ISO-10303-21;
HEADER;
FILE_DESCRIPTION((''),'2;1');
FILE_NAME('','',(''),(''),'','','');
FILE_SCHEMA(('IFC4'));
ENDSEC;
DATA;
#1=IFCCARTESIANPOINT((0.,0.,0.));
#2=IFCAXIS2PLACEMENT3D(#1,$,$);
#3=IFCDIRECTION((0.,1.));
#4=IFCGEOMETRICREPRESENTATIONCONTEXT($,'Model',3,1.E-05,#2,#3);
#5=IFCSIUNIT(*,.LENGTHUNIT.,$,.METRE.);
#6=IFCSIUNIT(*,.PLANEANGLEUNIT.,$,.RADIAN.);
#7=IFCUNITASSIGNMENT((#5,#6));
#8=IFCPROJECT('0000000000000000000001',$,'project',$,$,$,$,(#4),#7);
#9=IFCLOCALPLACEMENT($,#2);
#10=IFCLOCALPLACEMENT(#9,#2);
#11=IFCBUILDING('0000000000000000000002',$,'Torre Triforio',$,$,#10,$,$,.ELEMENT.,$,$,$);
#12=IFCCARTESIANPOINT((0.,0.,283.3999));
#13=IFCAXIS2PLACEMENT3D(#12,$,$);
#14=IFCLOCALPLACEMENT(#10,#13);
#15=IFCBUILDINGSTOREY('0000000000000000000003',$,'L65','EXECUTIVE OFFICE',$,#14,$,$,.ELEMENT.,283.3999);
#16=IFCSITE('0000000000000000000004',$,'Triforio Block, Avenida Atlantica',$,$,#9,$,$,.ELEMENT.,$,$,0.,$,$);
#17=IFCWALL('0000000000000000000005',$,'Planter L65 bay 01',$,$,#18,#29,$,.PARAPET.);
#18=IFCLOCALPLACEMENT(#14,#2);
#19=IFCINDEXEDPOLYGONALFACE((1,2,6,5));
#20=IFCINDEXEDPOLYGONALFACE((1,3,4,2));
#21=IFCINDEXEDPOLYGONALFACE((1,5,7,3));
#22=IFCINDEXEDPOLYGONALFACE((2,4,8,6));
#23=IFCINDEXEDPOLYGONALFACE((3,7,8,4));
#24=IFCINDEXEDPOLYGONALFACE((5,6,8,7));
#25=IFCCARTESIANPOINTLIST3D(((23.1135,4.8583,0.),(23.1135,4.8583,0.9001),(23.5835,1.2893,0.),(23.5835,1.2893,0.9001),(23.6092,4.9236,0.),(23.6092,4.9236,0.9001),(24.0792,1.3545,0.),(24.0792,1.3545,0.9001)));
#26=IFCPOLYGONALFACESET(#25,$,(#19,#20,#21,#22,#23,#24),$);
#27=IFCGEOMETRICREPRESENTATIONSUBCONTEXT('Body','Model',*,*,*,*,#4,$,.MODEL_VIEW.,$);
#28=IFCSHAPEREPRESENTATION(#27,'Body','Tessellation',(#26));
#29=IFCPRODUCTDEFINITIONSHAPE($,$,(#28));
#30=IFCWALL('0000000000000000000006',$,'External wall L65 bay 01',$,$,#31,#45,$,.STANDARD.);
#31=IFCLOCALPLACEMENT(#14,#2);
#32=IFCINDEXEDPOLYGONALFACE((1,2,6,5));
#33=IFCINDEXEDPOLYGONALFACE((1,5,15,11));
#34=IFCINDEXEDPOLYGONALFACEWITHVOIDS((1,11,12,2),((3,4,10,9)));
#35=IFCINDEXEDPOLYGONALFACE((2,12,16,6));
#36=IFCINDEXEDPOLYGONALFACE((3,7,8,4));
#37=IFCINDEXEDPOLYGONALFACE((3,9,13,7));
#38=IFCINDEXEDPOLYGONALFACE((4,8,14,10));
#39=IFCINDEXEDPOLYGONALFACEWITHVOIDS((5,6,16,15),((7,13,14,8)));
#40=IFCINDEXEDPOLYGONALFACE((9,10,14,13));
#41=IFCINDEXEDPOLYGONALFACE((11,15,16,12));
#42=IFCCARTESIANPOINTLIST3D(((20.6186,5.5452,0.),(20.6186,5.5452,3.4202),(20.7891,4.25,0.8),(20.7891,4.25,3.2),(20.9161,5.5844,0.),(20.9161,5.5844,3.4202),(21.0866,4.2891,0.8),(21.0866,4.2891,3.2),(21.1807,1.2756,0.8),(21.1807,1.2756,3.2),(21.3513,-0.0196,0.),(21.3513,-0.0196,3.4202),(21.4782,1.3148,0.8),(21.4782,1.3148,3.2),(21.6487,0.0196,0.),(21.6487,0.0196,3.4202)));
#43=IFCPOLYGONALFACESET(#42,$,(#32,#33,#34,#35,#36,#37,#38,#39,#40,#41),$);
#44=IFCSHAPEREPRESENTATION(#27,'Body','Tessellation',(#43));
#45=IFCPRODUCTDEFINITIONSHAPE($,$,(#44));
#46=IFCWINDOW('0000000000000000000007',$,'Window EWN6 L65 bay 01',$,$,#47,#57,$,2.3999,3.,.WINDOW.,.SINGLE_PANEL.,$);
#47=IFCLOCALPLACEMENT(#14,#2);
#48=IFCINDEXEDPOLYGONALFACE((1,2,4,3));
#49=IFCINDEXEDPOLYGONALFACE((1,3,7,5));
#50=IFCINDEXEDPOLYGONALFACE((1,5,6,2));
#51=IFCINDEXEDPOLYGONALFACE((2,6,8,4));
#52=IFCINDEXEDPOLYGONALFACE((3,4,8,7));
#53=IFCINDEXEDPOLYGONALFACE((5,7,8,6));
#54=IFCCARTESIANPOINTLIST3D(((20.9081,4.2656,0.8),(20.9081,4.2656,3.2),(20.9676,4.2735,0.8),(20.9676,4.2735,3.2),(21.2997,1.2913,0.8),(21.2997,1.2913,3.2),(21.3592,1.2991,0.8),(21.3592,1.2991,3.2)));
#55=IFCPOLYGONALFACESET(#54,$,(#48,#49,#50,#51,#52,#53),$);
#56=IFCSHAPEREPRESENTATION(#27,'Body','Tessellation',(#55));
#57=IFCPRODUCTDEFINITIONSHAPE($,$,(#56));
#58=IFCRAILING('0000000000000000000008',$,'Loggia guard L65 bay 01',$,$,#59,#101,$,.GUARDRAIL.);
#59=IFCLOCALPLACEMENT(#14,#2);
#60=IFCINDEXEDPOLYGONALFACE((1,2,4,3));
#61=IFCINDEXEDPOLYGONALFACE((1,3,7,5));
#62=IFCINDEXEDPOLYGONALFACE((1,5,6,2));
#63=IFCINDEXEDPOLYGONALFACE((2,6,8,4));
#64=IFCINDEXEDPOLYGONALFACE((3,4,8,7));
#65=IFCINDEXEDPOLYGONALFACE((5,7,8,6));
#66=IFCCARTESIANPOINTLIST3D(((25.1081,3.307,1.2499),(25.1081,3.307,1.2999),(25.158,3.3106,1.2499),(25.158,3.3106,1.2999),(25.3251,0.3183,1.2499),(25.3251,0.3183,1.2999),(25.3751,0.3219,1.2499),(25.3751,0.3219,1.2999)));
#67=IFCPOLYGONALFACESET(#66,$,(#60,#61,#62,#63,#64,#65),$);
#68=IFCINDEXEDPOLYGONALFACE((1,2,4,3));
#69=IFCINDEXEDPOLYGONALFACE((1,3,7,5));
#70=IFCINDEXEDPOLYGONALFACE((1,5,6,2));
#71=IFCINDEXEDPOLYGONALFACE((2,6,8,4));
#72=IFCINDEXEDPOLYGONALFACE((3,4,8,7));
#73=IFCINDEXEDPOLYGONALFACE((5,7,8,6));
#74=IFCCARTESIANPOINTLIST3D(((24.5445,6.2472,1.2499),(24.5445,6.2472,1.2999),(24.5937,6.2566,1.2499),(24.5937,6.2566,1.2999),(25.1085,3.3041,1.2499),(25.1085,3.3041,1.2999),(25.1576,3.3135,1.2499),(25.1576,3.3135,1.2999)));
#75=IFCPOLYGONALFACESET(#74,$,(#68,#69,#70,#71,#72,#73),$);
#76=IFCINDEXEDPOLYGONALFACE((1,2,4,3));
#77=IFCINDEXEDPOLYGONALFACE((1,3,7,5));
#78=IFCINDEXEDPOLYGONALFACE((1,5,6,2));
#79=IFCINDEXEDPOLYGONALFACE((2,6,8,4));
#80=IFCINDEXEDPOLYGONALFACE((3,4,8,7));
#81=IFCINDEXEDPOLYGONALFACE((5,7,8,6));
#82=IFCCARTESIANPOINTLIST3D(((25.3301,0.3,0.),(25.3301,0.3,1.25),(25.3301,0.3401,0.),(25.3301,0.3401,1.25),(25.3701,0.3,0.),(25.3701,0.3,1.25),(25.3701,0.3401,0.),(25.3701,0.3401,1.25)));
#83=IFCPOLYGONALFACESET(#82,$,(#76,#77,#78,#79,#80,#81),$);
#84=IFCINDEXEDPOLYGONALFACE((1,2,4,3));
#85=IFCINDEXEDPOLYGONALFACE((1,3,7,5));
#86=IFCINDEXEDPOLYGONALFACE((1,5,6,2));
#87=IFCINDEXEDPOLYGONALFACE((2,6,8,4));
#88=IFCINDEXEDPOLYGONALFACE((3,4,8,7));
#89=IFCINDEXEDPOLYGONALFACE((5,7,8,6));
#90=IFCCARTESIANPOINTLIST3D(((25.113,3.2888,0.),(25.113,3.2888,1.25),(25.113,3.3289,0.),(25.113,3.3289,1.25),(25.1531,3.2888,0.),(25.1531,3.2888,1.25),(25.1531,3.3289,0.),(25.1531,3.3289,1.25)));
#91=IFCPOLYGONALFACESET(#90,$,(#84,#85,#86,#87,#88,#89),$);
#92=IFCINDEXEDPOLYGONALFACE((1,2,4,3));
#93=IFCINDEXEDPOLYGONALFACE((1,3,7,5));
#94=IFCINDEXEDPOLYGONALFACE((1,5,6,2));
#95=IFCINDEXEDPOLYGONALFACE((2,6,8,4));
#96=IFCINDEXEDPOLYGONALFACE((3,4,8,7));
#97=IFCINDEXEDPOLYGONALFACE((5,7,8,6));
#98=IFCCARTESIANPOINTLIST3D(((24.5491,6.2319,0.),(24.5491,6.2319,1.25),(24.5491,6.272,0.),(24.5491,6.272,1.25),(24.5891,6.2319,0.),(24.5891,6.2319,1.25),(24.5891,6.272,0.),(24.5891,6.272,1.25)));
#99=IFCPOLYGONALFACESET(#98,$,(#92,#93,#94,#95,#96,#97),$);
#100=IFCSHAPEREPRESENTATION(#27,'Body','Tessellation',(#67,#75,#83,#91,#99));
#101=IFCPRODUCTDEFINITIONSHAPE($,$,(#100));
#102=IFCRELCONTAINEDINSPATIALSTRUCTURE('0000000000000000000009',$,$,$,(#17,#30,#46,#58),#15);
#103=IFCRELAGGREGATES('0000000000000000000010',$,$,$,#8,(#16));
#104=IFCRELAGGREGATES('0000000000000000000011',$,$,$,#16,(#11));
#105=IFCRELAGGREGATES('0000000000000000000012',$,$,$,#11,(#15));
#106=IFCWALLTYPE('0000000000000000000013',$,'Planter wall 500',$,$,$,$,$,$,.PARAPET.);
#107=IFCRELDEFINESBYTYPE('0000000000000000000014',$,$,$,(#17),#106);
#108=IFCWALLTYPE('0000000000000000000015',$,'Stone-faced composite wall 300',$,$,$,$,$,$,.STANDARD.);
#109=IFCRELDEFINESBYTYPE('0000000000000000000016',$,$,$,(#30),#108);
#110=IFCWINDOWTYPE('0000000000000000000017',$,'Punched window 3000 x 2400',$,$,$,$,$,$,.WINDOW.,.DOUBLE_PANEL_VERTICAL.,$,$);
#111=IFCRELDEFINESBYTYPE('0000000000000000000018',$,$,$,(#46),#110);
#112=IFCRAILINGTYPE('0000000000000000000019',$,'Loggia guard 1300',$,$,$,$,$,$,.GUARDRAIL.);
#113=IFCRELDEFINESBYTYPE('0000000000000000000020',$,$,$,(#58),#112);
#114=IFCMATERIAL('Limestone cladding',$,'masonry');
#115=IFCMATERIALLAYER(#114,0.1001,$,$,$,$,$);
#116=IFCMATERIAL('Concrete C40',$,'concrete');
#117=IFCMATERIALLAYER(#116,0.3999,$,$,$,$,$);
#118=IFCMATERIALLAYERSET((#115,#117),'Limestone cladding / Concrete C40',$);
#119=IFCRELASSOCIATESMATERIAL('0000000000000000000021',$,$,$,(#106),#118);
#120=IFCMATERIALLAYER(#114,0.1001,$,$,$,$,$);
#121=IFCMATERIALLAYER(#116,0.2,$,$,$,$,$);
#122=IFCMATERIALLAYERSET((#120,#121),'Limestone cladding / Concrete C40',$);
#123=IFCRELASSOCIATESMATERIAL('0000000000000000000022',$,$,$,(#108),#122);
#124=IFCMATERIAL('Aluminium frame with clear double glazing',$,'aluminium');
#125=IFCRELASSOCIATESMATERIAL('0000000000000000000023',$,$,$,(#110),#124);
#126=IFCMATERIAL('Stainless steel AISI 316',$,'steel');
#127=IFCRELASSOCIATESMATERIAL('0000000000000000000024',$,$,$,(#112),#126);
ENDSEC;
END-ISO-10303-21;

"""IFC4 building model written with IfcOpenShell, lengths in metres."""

from ifc_helpers import new_model, si_unit, direction, frame, frame_2d, origin, origin_2d, place, context, subcontext, project, spatial, rectangle, extrude, material, layer, layer_set, type_object, element, fill, save


model = new_model("IFC4")

# Units and contexts
model_context = context("Model", 3, precision=1e-05, world=origin(), true_north=direction((0.0, 1.0)))
body_context = subcontext(model_context, "Body", "Model", "MODEL_VIEW")
ifc_project = project(units=[si_unit("LENGTHUNIT", "METRE"), si_unit("PLANEANGLEUNIT", "RADIAN")], contexts=[model_context])

# Site, building, storey
site_placement = place(None, origin())
site = spatial("IfcSite", under=ifc_project, at=site_placement, Name="Triforio Block, Avenida Atlantica", CompositionType="ELEMENT", RefElevation=0.0)
building_placement = place(site_placement, origin())
building = spatial("IfcBuilding", under=site, at=building_placement, Name="Torre Triforio", CompositionType="ELEMENT")
storey_placement = place(building_placement, frame((0.0, 0.0, 283.3999)))
storey = spatial("IfcBuildingStorey", under=building, at=storey_placement, Name="L65", Description="EXECUTIVE OFFICE", CompositionType="ELEMENT", Elevation=283.3999)

# Shared definitions
ifc_material_1 = material(Name="Concrete C40", Category="concrete")

# Wall
ifc_material_2 = material(Name="Limestone cladding", Category="masonry")
ifc_layer_1 = layer(ifc_material_2, 0.1001)
ifc_layer_2 = layer(ifc_material_1, 0.3999)
ifc_layer_set_1 = layer_set([ifc_layer_1, ifc_layer_2], Name="Limestone cladding / Concrete C40")
wall_type_1 = type_object("IfcWallType", Name="Planter wall 500", PredefinedType="PARAPET", material=ifc_layer_set_1)
wall_1_placement = place(storey_placement, frame((23.8313, 1.322, 0.0), z_axis=(0.0, 0.0, 1.0), x_axis=(-0.130551, 0.991442, 0.0)))
element("IfcWall", 1, at=wall_1_placement, inside=storey, type_object=wall_type_1, Name="Planter L65 bay 01", PredefinedType="PARAPET", context=body_context, shape_type="SweptSolid", body=[
    extrude(rectangle(XDim=3.5999, YDim=0.5, at=frame_2d((1.7998, 0.0))), origin(), (0.0, 0.0, 1.0), 0.9001),
])

# Wall, opening, window
ifc_layer_3 = layer(ifc_material_2, 0.1001)
ifc_layer_4 = layer(ifc_material_1, 0.2)
ifc_layer_set_2 = layer_set([ifc_layer_3, ifc_layer_4], Name="Limestone cladding / Concrete C40")
wall_type_2 = type_object("IfcWallType", Name="Stone-faced composite wall 300", PredefinedType="STANDARD", material=ifc_layer_set_2)
wall_2_placement = place(storey_placement, frame((21.5, 0.0, 0.0), z_axis=(0.0, 0.0, 1.0), x_axis=(-0.130537, 0.991443, 0.0)))
wall_2 = element("IfcWall", 2, at=wall_2_placement, inside=storey, type_object=wall_type_2, Name="External wall L65 bay 01", PredefinedType="STANDARD", context=body_context, shape_type="SweptSolid", body=[
    extrude(rectangle(XDim=5.6128, YDim=0.3, at=frame_2d((2.8064, 0.0))), origin(), (0.0, 0.0, 1.0), 3.4202),
])
opening_1_placement = place(wall_2_placement, frame((1.3064, 0.0, 0.8)))
opening_1 = element("IfcOpeningElement", 3, at=opening_1_placement, cuts=wall_2, PredefinedType="OPENING", context=body_context, shape_type="SweptSolid", body=[
    extrude(rectangle(XDim=3.0, YDim=2.3999, at=frame_2d((1.5, 1.2))), frame((0.0, 0.1599, 0.0), z_axis=(0.0, -1.0, 0.0), x_axis=(1.0, 0.0, 0.0)), (0.0, 0.0, 1.0), 0.3201),
])
ifc_material_3 = material(Name="Aluminium frame with clear double glazing", Category="aluminium")
window_type_1 = type_object("IfcWindowType", Name="Punched window 3000 x 2400", PartitioningType="DOUBLE_PANEL_VERTICAL", PredefinedType="WINDOW", material=ifc_material_3)
window_1_placement = place(opening_1_placement, origin())
window_1 = element("IfcWindow", 4, at=window_1_placement, inside=storey, type_object=window_type_1, Name="Window EWN6 L65 bay 01", OverallHeight=2.3999, OverallWidth=3.0, PartitioningType="SINGLE_PANEL", PredefinedType="WINDOW", context=body_context, shape_type="SweptSolid", body=[
    extrude(rectangle(XDim=3.0, YDim=2.3999, at=frame_2d((1.5, 1.2))), frame((0.0, 0.03, 0.0), z_axis=(0.0, -1.0, 0.0), x_axis=(1.0, 0.0, 0.0)), (0.0, 0.0, 1.0), 0.0601),
])
fill(opening_1, window_1)

# Railing
ifc_material_4 = material(Name="Stainless steel AISI 316", Category="steel")
railing_type = type_object("IfcRailingType", Name="Loggia guard 1300", PredefinedType="GUARDRAIL", material=ifc_material_4)
railing_placement = place(storey_placement, frame((25.3501, 0.3201, 0.0)))
element("IfcRailing", 5, at=railing_placement, inside=storey, type_object=railing_type, Name="Loggia guard L65 bay 01", PredefinedType="GUARDRAIL", context=body_context, shape_type="SweptSolid", body=[
    extrude(rectangle(XDim=0.05, YDim=0.05, at=origin_2d()), frame((0.0, 0.0, 1.2749), z_axis=(-0.072428, 0.997374, 0.0), x_axis=(-0.997374, -0.072428, 0.0)), (0.0, 0.0, 1.0), 2.9966),
    extrude(rectangle(XDim=0.05, YDim=0.05, at=origin_2d()), frame((-0.217, 2.9888, 1.2749), z_axis=(-0.188198, 0.982131, 0.0), x_axis=(-0.982131, -0.188198, 0.0)), (0.0, 0.0, 1.0), 2.9966),
    extrude(rectangle(XDim=0.04, YDim=0.04, at=origin_2d()), origin(), (0.0, 0.0, 1.0), 1.25),
    extrude(rectangle(XDim=0.04, YDim=0.04, at=origin_2d()), frame((-0.217, 2.9888, 0.0)), (0.0, 0.0, 1.0), 1.25),
    extrude(rectangle(XDim=0.04, YDim=0.04, at=origin_2d()), frame((-0.781, 5.9319, 0.0)), (0.0, 0.0, 1.0), 1.25),
])

save(model, "model.ifc")
